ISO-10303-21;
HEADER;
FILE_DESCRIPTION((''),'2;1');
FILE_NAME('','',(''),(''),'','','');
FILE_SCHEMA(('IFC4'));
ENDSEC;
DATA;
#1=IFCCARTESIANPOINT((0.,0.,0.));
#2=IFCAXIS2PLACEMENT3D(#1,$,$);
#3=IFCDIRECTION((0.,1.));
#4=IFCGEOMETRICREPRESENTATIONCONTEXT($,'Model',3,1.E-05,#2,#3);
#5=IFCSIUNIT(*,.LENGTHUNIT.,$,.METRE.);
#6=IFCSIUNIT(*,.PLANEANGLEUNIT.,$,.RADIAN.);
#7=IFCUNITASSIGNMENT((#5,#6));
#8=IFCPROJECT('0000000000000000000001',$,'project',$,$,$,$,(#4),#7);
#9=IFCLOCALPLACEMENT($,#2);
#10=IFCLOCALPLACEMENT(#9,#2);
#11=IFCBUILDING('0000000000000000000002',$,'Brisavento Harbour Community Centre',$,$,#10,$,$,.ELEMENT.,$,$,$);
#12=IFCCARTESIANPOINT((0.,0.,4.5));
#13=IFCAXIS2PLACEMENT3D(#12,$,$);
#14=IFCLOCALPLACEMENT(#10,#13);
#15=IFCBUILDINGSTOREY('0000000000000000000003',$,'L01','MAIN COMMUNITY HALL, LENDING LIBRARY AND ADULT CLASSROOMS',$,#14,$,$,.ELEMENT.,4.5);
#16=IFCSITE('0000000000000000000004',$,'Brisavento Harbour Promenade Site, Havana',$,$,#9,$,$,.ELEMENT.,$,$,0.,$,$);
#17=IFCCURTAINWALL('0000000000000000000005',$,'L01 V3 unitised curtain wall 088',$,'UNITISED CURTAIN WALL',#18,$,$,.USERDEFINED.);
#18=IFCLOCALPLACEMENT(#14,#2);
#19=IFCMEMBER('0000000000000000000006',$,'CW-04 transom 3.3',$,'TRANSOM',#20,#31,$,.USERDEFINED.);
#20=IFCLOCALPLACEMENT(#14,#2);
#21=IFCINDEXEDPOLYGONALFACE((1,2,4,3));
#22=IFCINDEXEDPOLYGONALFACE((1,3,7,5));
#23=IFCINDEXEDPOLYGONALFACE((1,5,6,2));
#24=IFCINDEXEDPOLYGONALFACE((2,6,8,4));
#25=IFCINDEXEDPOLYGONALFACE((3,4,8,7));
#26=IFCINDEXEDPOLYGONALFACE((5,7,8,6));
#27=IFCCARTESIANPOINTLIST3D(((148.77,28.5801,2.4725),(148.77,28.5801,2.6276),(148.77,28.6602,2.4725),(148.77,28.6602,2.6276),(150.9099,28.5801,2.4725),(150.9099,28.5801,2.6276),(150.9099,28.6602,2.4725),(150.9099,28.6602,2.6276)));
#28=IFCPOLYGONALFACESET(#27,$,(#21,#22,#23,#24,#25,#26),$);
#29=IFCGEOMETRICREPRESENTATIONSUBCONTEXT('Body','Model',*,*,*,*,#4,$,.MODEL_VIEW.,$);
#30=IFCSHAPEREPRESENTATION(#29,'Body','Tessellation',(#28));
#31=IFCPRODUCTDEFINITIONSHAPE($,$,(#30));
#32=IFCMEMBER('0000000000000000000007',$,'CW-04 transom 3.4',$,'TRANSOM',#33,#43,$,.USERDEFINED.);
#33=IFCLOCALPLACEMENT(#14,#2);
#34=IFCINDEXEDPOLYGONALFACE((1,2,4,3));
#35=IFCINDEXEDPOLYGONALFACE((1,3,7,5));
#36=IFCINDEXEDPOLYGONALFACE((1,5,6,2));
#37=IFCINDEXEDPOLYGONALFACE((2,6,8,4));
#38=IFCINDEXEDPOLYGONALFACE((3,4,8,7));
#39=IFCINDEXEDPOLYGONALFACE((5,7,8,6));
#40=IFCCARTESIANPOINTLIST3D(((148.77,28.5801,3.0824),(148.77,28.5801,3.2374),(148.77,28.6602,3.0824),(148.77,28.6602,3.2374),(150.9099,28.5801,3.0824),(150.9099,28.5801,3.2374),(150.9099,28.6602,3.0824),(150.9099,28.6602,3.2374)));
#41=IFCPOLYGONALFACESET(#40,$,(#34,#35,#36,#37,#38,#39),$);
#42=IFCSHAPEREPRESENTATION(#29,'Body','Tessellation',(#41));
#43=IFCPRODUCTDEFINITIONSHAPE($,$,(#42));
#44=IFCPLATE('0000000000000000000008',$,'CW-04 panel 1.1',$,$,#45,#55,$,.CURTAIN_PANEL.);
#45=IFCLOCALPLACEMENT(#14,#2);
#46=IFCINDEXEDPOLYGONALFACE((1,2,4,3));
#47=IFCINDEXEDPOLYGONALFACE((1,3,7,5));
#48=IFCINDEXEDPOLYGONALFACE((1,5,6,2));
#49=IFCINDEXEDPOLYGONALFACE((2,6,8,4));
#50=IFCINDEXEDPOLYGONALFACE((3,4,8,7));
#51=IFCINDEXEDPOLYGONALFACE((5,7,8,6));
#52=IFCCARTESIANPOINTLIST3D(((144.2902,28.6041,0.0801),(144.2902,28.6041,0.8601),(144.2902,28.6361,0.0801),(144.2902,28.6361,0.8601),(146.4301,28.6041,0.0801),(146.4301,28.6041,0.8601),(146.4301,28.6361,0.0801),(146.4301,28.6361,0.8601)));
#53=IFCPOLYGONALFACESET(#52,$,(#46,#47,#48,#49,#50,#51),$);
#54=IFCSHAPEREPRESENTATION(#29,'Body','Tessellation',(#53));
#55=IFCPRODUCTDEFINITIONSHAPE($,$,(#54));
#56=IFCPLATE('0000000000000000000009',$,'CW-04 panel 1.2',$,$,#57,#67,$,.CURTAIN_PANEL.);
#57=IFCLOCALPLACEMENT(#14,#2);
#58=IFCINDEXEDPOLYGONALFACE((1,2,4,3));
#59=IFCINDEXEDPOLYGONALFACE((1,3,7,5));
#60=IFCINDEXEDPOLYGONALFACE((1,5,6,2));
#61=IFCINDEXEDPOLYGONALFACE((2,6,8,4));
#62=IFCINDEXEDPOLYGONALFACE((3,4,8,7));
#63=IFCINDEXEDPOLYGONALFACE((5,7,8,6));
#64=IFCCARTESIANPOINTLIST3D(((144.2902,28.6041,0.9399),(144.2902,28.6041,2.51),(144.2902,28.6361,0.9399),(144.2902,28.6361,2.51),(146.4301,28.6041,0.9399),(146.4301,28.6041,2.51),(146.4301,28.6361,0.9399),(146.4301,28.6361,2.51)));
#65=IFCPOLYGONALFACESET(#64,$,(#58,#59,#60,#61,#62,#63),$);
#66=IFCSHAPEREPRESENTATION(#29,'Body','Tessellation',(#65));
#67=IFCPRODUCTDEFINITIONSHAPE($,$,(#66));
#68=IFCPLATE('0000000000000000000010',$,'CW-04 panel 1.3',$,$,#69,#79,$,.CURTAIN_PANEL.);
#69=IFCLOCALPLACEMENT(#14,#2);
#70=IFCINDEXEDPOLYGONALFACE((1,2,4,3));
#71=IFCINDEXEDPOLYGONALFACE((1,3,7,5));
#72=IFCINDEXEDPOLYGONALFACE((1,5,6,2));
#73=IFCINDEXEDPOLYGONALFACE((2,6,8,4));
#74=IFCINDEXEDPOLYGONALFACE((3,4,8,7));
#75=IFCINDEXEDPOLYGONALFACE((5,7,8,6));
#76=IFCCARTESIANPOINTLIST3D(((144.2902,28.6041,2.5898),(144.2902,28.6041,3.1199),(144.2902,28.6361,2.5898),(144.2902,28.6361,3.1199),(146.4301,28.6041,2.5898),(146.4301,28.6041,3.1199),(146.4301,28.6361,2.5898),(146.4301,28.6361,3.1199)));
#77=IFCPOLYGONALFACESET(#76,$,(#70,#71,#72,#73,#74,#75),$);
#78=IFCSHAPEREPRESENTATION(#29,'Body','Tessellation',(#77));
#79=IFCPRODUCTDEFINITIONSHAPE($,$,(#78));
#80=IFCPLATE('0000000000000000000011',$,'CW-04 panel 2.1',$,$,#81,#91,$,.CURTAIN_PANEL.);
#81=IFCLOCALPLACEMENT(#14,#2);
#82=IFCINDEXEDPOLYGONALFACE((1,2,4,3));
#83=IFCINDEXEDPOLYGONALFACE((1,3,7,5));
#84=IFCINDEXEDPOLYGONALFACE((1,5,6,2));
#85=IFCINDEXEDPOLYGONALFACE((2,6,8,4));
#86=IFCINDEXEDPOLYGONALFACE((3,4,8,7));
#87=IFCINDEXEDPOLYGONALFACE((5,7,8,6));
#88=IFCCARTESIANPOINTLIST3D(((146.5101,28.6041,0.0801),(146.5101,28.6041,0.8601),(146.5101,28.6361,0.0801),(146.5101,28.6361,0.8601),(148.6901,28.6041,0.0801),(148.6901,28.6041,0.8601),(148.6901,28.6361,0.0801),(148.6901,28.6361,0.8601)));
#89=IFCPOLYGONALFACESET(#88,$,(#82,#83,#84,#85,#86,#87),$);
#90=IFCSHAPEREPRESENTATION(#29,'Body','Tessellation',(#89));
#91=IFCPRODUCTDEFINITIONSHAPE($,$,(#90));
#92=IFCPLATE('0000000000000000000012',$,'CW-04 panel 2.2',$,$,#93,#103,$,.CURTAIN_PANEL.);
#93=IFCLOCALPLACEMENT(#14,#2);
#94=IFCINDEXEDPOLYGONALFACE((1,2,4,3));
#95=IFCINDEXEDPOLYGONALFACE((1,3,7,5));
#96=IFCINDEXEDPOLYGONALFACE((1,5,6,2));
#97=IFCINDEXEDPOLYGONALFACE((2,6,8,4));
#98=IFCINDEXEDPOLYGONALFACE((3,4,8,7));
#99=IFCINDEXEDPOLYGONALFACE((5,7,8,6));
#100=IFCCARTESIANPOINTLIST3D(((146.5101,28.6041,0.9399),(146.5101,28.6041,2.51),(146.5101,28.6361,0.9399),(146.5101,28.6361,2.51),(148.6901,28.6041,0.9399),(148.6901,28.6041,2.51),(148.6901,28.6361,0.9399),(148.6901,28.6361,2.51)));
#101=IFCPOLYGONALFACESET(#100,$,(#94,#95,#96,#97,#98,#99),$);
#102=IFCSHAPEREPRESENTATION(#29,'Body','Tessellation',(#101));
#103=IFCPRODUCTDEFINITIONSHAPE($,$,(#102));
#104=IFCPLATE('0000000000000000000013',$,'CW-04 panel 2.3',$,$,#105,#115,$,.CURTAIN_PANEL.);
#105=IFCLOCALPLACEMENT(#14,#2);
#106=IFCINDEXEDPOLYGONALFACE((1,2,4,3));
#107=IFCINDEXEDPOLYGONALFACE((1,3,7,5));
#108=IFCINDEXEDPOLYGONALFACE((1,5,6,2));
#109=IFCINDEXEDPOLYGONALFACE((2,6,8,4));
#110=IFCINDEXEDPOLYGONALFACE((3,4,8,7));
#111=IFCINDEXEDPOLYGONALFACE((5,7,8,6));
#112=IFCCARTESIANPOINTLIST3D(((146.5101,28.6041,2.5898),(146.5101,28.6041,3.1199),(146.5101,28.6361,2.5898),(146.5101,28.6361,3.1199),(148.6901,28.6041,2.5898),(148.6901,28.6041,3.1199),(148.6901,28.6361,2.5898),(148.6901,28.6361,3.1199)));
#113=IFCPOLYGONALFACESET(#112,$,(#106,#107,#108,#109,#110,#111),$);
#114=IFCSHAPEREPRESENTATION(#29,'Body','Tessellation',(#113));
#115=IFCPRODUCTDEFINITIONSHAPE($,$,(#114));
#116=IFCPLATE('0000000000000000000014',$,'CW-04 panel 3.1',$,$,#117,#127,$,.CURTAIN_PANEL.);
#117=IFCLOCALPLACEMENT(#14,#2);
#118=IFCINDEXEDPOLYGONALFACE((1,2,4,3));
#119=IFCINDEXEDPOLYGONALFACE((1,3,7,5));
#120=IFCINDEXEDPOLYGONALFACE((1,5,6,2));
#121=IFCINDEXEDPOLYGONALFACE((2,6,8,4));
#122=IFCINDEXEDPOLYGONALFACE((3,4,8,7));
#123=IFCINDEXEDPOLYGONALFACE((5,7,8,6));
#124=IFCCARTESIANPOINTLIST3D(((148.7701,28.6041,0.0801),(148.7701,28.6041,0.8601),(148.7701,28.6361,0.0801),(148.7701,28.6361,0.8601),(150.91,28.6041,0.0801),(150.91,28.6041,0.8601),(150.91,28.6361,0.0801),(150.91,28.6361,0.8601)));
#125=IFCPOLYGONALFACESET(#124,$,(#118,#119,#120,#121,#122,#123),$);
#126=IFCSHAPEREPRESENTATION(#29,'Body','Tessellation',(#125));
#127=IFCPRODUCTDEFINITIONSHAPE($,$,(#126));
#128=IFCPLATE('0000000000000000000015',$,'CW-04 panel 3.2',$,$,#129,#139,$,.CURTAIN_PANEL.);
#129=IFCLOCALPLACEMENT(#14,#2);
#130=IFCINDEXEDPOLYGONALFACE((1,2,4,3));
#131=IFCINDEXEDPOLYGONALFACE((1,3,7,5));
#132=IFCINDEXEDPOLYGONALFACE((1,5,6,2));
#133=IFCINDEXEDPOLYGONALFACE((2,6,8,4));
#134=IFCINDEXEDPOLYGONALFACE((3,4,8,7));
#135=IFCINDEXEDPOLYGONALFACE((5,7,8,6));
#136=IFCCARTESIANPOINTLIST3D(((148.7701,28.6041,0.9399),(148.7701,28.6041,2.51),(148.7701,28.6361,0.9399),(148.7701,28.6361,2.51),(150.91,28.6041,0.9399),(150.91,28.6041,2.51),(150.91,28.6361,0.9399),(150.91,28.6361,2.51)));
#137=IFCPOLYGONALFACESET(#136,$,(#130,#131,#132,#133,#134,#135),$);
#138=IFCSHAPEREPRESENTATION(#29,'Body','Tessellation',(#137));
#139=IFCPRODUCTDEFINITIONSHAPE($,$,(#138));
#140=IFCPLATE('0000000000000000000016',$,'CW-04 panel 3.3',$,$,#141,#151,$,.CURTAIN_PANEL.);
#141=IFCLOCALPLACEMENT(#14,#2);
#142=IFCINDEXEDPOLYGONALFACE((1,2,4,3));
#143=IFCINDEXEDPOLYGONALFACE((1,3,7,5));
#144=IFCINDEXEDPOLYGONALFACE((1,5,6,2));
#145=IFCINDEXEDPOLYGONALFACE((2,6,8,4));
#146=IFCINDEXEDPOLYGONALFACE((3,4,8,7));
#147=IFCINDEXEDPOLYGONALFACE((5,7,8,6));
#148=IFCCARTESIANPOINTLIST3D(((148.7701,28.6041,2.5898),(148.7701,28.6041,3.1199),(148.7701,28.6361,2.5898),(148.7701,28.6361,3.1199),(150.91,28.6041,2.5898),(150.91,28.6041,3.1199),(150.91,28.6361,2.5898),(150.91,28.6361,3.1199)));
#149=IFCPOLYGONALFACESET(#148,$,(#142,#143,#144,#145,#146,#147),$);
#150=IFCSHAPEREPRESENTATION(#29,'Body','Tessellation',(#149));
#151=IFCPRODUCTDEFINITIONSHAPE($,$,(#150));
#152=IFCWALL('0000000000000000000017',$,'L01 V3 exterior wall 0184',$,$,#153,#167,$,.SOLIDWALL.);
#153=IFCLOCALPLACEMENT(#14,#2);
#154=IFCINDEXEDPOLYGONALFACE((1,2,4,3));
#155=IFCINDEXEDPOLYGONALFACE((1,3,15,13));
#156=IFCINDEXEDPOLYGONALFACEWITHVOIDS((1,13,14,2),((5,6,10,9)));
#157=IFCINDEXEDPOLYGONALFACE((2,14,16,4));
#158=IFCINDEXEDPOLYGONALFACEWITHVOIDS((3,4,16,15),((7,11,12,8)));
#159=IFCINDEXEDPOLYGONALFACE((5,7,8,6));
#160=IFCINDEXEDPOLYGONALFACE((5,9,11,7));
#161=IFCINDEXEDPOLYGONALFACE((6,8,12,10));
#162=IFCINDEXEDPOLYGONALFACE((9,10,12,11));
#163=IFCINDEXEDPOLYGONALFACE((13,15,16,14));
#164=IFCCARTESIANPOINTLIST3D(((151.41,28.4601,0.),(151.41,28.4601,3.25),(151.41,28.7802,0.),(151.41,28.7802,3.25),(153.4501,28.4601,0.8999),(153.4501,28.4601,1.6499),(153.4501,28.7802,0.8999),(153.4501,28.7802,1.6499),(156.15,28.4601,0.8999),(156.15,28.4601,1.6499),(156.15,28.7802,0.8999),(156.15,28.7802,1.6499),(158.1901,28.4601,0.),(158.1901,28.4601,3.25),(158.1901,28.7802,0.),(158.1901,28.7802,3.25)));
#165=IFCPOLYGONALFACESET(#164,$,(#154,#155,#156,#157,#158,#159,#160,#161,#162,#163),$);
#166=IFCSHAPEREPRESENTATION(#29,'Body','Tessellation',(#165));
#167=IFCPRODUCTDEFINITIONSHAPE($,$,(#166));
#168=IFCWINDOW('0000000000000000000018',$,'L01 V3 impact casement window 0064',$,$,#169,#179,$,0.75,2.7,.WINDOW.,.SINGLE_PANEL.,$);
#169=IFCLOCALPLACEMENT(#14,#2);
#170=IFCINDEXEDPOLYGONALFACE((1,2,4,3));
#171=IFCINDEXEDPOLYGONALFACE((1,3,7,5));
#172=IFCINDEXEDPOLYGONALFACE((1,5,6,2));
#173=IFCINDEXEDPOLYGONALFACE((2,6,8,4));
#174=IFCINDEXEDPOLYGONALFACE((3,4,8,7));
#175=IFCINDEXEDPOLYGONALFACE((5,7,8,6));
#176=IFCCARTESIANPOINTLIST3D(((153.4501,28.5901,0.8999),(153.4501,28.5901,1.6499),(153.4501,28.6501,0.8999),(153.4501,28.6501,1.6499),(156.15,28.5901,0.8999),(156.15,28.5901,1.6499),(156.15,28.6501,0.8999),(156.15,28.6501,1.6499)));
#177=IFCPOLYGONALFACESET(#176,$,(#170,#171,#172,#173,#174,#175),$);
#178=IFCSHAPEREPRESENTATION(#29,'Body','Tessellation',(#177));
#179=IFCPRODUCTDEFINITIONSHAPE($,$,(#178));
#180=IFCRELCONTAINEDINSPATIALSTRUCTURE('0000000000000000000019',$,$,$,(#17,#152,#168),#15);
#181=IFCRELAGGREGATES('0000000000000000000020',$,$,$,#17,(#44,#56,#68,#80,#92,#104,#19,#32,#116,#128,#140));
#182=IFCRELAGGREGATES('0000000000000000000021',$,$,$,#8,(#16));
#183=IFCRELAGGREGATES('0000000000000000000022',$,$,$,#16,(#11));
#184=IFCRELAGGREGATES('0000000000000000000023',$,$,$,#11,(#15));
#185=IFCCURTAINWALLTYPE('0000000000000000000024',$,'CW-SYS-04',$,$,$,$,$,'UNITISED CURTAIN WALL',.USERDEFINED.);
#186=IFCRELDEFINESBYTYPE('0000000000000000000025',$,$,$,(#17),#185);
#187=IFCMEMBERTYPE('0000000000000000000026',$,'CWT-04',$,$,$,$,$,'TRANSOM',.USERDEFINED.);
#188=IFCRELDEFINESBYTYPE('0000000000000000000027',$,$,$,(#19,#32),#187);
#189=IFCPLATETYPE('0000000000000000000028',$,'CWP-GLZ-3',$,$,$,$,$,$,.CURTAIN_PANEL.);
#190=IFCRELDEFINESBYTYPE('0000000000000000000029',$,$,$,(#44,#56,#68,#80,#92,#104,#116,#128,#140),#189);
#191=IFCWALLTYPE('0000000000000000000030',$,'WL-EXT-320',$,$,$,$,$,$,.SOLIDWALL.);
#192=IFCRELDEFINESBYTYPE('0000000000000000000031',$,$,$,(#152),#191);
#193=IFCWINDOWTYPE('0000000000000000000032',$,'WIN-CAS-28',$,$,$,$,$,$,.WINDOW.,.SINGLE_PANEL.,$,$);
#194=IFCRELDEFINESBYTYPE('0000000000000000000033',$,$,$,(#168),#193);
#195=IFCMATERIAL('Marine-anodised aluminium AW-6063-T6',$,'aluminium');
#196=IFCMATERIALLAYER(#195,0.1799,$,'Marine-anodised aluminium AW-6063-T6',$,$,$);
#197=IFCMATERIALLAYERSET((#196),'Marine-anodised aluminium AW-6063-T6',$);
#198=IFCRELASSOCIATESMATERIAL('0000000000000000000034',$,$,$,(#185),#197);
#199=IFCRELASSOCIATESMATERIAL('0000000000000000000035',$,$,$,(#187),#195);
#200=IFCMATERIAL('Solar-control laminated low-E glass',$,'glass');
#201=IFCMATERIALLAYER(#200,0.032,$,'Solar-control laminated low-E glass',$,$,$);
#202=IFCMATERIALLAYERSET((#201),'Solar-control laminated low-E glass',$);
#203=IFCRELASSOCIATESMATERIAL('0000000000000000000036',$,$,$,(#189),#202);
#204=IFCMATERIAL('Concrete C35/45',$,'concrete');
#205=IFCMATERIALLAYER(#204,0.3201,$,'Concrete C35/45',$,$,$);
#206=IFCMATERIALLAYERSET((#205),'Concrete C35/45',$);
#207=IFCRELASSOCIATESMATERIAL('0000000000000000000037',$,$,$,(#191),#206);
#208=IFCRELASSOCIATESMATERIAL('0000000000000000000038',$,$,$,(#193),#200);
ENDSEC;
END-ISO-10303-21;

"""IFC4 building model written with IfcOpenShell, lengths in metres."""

from ifc_helpers import new_model, si_unit, direction, frame, frame_2d, origin, origin_2d, place, context, subcontext, project, spatial, rectangle, extrude, material, layer, layer_set, material_profile, profile_set, type_object, element, fill, aggregate, save


model = new_model("IFC4")

# Units and contexts
model_context = context("Model", 3, precision=1e-05, world=origin(), true_north=direction((0.0, 1.0)))
body_context = subcontext(model_context, "Body", "Model", "MODEL_VIEW")
ifc_project = project(units=[si_unit("LENGTHUNIT", "METRE"), si_unit("PLANEANGLEUNIT", "RADIAN")], contexts=[model_context])

# Site, building, storey
site_placement = place(None, origin())
site = spatial("IfcSite", under=ifc_project, at=site_placement, Name="Brisavento Harbour Promenade Site, Havana", CompositionType="ELEMENT", RefElevation=0.0)
building_placement = place(site_placement, origin())
building = spatial("IfcBuilding", under=site, at=building_placement, Name="Brisavento Harbour Community Centre", CompositionType="ELEMENT")
storey_placement = place(building_placement, frame((0.0, 0.0, 4.5)))
storey = spatial("IfcBuildingStorey", under=building, at=storey_placement, Name="L01", Description="MAIN COMMUNITY HALL, LENDING LIBRARY AND ADULT CLASSROOMS", CompositionType="ELEMENT", Elevation=4.5)

# Shared definitions
ifc_material_1 = material(Name="Marine-anodised aluminium AW-6063-T6", Category="aluminium")

# Curtain wall
ifc_layer_1 = layer(ifc_material_1, 0.1799, Name="Marine-anodised aluminium AW-6063-T6")
ifc_layer_set_1 = layer_set([ifc_layer_1], Name="Marine-anodised aluminium AW-6063-T6")
curtain_wall_type_1 = type_object("IfcCurtainWallType", Name="CW-SYS-04", ElementType="UNITISED CURTAIN WALL", PredefinedType="USERDEFINED", material=ifc_layer_set_1)
curtain_wall_1_placement = place(storey_placement, origin())
curtain_wall_1 = element("IfcCurtainWall", 1, at=curtain_wall_1_placement, inside=storey, type_object=curtain_wall_type_1, Name="L01 V3 unitised curtain wall 088", ObjectType="UNITISED CURTAIN WALL", PredefinedType="USERDEFINED")

# Members
ifc_material_profile_1 = material_profile(ifc_material_1, rectangle(XDim=0.0801, YDim=0.155, at=origin_2d()), Name="Marine-anodised aluminium AW-6063-T6")
ifc_profile_set_1 = profile_set([ifc_material_profile_1], Name="Marine-anodised aluminium AW-6063-T6")
member_type_1 = type_object("IfcMemberType", Name="CWT-04", ElementType="TRANSOM", PredefinedType="USERDEFINED", material=ifc_profile_set_1)
member_1_placement = place(storey_placement, frame((148.77, 28.6201, 2.55), z_axis=(1.0, 0.0, 0.0), x_axis=(0.0, 1.0, 0.0)))
member_1 = element("IfcMember", 2, at=member_1_placement, type_object=member_type_1, Name="CW-04 transom 3.3", ObjectType="TRANSOM", PredefinedType="USERDEFINED", context=body_context, shape_type="SweptSolid", body=[
    extrude(rectangle(XDim=0.0801, YDim=0.155, at=origin_2d()), origin(), (0.0, 0.0, 1.0), 2.1399),
])
member_2_placement = place(storey_placement, frame((148.77, 28.6201, 3.1599), z_axis=(1.0, 0.0, 0.0), x_axis=(0.0, 1.0, 0.0)))
member_2 = element("IfcMember", 3, at=member_2_placement, type_object=member_type_1, Name="CW-04 transom 3.4", ObjectType="TRANSOM", PredefinedType="USERDEFINED", context=body_context, shape_type="SweptSolid", body=[
    extrude(rectangle(XDim=0.0801, YDim=0.155, at=origin_2d()), origin(), (0.0, 0.0, 1.0), 2.1399),
])

# Plates
ifc_material_2 = material(Name="Solar-control laminated low-E glass", Category="glass")
ifc_layer_2 = layer(ifc_material_2, 0.032, Name="Solar-control laminated low-E glass")
ifc_layer_set_2 = layer_set([ifc_layer_2], Name="Solar-control laminated low-E glass")
plate_type = type_object("IfcPlateType", Name="CWP-GLZ-3", PredefinedType="CURTAIN_PANEL", material=ifc_layer_set_2)
plate_1_placement = place(storey_placement, frame((145.3601, 28.6201, 0.0801), z_axis=(0.0, 0.0, 1.0), x_axis=(1.0, 0.0, 0.0)))
plate_1 = element("IfcPlate", 4, at=plate_1_placement, type_object=plate_type, Name="CW-04 panel 1.1", PredefinedType="CURTAIN_PANEL", context=body_context, shape_type="SweptSolid", body=[
    extrude(rectangle(XDim=2.1399, YDim=0.032, at=origin_2d()), origin(), (0.0, 0.0, 1.0), 0.78),
])
plate_2_placement = place(storey_placement, frame((145.3601, 28.6201, 0.9399), z_axis=(0.0, 0.0, 1.0), x_axis=(1.0, 0.0, 0.0)))
plate_2 = element("IfcPlate", 5, at=plate_2_placement, type_object=plate_type, Name="CW-04 panel 1.2", PredefinedType="CURTAIN_PANEL", context=body_context, shape_type="SweptSolid", body=[
    extrude(rectangle(XDim=2.1399, YDim=0.032, at=origin_2d()), origin(), (0.0, 0.0, 1.0), 1.5701),
])
plate_3_placement = place(storey_placement, frame((145.3601, 28.6201, 2.5898), z_axis=(0.0, 0.0, 1.0), x_axis=(1.0, 0.0, 0.0)))
plate_3 = element("IfcPlate", 6, at=plate_3_placement, type_object=plate_type, Name="CW-04 panel 1.3", PredefinedType="CURTAIN_PANEL", context=body_context, shape_type="SweptSolid", body=[
    extrude(rectangle(XDim=2.1399, YDim=0.032, at=origin_2d()), origin(), (0.0, 0.0, 1.0), 0.53),
])
plate_4_placement = place(storey_placement, frame((147.6001, 28.6201, 0.0801), z_axis=(0.0, 0.0, 1.0), x_axis=(1.0, 0.0, 0.0)))
plate_4 = element("IfcPlate", 7, at=plate_4_placement, type_object=plate_type, Name="CW-04 panel 2.1", PredefinedType="CURTAIN_PANEL", context=body_context, shape_type="SweptSolid", body=[
    extrude(rectangle(XDim=2.1799, YDim=0.032, at=origin_2d()), origin(), (0.0, 0.0, 1.0), 0.78),
])
plate_5_placement = place(storey_placement, frame((147.6001, 28.6201, 0.9399), z_axis=(0.0, 0.0, 1.0), x_axis=(1.0, 0.0, 0.0)))
plate_5 = element("IfcPlate", 8, at=plate_5_placement, type_object=plate_type, Name="CW-04 panel 2.2", PredefinedType="CURTAIN_PANEL", context=body_context, shape_type="SweptSolid", body=[
    extrude(rectangle(XDim=2.1799, YDim=0.032, at=origin_2d()), origin(), (0.0, 0.0, 1.0), 1.5701),
])
plate_6_placement = place(storey_placement, frame((147.6001, 28.6201, 2.5898), z_axis=(0.0, 0.0, 1.0), x_axis=(1.0, 0.0, 0.0)))
plate_6 = element("IfcPlate", 9, at=plate_6_placement, type_object=plate_type, Name="CW-04 panel 2.3", PredefinedType="CURTAIN_PANEL", context=body_context, shape_type="SweptSolid", body=[
    extrude(rectangle(XDim=2.1799, YDim=0.032, at=origin_2d()), origin(), (0.0, 0.0, 1.0), 0.53),
])
plate_7_placement = place(storey_placement, frame((149.8401, 28.6201, 0.0801), z_axis=(0.0, 0.0, 1.0), x_axis=(1.0, 0.0, 0.0)))
plate_7 = element("IfcPlate", 10, at=plate_7_placement, type_object=plate_type, Name="CW-04 panel 3.1", PredefinedType="CURTAIN_PANEL", context=body_context, shape_type="SweptSolid", body=[
    extrude(rectangle(XDim=2.1399, YDim=0.032, at=origin_2d()), origin(), (0.0, 0.0, 1.0), 0.78),
])
plate_8_placement = place(storey_placement, frame((149.8401, 28.6201, 0.9399), z_axis=(0.0, 0.0, 1.0), x_axis=(1.0, 0.0, 0.0)))
plate_8 = element("IfcPlate", 11, at=plate_8_placement, type_object=plate_type, Name="CW-04 panel 3.2", PredefinedType="CURTAIN_PANEL", context=body_context, shape_type="SweptSolid", body=[
    extrude(rectangle(XDim=2.1399, YDim=0.032, at=origin_2d()), origin(), (0.0, 0.0, 1.0), 1.5701),
])
plate_9_placement = place(storey_placement, frame((149.8401, 28.6201, 2.5898), z_axis=(0.0, 0.0, 1.0), x_axis=(1.0, 0.0, 0.0)))
plate_9 = element("IfcPlate", 12, at=plate_9_placement, type_object=plate_type, Name="CW-04 panel 3.3", PredefinedType="CURTAIN_PANEL", context=body_context, shape_type="SweptSolid", body=[
    extrude(rectangle(XDim=2.1399, YDim=0.032, at=origin_2d()), origin(), (0.0, 0.0, 1.0), 0.53),
])
aggregate(curtain_wall_1, [plate_1, plate_2, plate_3, plate_4, plate_5, plate_6, member_1, member_2, plate_7, plate_8, plate_9])

# Wall, opening, window
ifc_material_3 = material(Name="Concrete C35/45", Category="concrete")
ifc_layer_3 = layer(ifc_material_3, 0.3201, Name="Concrete C35/45")
ifc_layer_set_3 = layer_set([ifc_layer_3], Name="Concrete C35/45")
wall_type = type_object("IfcWallType", Name="WL-EXT-320", PredefinedType="SOLIDWALL", material=ifc_layer_set_3)
wall_placement = place(storey_placement, frame((151.4099, 28.6201, 0.0), z_axis=(0.0, 0.0, 1.0), x_axis=(1.0, 0.0, 0.0)))
wall = element("IfcWall", 13, at=wall_placement, inside=storey, type_object=wall_type, Name="L01 V3 exterior wall 0184", PredefinedType="SOLIDWALL", context=body_context, shape_type="SweptSolid", body=[
    extrude(rectangle(XDim=6.78, YDim=0.3201, at=frame_2d((3.3901, 0.0))), origin(), (0.0, 0.0, 1.0), 3.25),
])
opening_placement = place(wall_placement, frame((2.04, 0.0, 0.8999)))
opening = element("IfcOpeningElement", 14, at=opening_placement, cuts=wall, PredefinedType="OPENING", context=body_context, shape_type="SweptSolid", body=[
    extrude(rectangle(XDim=2.7, YDim=0.75, at=frame_2d((1.3501, 0.375))), frame((0.0, 0.1699, 0.0), z_axis=(0.0, -1.0, 0.0), x_axis=(1.0, 0.0, 0.0)), (0.0, 0.0, 1.0), 0.3401),
])
window_type = type_object("IfcWindowType", Name="WIN-CAS-28", PartitioningType="SINGLE_PANEL", PredefinedType="WINDOW", material=ifc_material_2)
window_placement = place(opening_placement, origin())
window = element("IfcWindow", 15, at=window_placement, inside=storey, type_object=window_type, Name="L01 V3 impact casement window 0064", OverallHeight=0.75, OverallWidth=2.7, PartitioningType="SINGLE_PANEL", PredefinedType="WINDOW", context=body_context, shape_type="SweptSolid", body=[
    extrude(rectangle(XDim=2.7, YDim=0.75, at=frame_2d((1.3501, 0.375))), frame((0.0, 0.03, 0.0), z_axis=(0.0, -1.0, 0.0), x_axis=(1.0, 0.0, 0.0)), (0.0, 0.0, 1.0), 0.0601),
])
fill(opening, window)

save(model, "model.ifc")
